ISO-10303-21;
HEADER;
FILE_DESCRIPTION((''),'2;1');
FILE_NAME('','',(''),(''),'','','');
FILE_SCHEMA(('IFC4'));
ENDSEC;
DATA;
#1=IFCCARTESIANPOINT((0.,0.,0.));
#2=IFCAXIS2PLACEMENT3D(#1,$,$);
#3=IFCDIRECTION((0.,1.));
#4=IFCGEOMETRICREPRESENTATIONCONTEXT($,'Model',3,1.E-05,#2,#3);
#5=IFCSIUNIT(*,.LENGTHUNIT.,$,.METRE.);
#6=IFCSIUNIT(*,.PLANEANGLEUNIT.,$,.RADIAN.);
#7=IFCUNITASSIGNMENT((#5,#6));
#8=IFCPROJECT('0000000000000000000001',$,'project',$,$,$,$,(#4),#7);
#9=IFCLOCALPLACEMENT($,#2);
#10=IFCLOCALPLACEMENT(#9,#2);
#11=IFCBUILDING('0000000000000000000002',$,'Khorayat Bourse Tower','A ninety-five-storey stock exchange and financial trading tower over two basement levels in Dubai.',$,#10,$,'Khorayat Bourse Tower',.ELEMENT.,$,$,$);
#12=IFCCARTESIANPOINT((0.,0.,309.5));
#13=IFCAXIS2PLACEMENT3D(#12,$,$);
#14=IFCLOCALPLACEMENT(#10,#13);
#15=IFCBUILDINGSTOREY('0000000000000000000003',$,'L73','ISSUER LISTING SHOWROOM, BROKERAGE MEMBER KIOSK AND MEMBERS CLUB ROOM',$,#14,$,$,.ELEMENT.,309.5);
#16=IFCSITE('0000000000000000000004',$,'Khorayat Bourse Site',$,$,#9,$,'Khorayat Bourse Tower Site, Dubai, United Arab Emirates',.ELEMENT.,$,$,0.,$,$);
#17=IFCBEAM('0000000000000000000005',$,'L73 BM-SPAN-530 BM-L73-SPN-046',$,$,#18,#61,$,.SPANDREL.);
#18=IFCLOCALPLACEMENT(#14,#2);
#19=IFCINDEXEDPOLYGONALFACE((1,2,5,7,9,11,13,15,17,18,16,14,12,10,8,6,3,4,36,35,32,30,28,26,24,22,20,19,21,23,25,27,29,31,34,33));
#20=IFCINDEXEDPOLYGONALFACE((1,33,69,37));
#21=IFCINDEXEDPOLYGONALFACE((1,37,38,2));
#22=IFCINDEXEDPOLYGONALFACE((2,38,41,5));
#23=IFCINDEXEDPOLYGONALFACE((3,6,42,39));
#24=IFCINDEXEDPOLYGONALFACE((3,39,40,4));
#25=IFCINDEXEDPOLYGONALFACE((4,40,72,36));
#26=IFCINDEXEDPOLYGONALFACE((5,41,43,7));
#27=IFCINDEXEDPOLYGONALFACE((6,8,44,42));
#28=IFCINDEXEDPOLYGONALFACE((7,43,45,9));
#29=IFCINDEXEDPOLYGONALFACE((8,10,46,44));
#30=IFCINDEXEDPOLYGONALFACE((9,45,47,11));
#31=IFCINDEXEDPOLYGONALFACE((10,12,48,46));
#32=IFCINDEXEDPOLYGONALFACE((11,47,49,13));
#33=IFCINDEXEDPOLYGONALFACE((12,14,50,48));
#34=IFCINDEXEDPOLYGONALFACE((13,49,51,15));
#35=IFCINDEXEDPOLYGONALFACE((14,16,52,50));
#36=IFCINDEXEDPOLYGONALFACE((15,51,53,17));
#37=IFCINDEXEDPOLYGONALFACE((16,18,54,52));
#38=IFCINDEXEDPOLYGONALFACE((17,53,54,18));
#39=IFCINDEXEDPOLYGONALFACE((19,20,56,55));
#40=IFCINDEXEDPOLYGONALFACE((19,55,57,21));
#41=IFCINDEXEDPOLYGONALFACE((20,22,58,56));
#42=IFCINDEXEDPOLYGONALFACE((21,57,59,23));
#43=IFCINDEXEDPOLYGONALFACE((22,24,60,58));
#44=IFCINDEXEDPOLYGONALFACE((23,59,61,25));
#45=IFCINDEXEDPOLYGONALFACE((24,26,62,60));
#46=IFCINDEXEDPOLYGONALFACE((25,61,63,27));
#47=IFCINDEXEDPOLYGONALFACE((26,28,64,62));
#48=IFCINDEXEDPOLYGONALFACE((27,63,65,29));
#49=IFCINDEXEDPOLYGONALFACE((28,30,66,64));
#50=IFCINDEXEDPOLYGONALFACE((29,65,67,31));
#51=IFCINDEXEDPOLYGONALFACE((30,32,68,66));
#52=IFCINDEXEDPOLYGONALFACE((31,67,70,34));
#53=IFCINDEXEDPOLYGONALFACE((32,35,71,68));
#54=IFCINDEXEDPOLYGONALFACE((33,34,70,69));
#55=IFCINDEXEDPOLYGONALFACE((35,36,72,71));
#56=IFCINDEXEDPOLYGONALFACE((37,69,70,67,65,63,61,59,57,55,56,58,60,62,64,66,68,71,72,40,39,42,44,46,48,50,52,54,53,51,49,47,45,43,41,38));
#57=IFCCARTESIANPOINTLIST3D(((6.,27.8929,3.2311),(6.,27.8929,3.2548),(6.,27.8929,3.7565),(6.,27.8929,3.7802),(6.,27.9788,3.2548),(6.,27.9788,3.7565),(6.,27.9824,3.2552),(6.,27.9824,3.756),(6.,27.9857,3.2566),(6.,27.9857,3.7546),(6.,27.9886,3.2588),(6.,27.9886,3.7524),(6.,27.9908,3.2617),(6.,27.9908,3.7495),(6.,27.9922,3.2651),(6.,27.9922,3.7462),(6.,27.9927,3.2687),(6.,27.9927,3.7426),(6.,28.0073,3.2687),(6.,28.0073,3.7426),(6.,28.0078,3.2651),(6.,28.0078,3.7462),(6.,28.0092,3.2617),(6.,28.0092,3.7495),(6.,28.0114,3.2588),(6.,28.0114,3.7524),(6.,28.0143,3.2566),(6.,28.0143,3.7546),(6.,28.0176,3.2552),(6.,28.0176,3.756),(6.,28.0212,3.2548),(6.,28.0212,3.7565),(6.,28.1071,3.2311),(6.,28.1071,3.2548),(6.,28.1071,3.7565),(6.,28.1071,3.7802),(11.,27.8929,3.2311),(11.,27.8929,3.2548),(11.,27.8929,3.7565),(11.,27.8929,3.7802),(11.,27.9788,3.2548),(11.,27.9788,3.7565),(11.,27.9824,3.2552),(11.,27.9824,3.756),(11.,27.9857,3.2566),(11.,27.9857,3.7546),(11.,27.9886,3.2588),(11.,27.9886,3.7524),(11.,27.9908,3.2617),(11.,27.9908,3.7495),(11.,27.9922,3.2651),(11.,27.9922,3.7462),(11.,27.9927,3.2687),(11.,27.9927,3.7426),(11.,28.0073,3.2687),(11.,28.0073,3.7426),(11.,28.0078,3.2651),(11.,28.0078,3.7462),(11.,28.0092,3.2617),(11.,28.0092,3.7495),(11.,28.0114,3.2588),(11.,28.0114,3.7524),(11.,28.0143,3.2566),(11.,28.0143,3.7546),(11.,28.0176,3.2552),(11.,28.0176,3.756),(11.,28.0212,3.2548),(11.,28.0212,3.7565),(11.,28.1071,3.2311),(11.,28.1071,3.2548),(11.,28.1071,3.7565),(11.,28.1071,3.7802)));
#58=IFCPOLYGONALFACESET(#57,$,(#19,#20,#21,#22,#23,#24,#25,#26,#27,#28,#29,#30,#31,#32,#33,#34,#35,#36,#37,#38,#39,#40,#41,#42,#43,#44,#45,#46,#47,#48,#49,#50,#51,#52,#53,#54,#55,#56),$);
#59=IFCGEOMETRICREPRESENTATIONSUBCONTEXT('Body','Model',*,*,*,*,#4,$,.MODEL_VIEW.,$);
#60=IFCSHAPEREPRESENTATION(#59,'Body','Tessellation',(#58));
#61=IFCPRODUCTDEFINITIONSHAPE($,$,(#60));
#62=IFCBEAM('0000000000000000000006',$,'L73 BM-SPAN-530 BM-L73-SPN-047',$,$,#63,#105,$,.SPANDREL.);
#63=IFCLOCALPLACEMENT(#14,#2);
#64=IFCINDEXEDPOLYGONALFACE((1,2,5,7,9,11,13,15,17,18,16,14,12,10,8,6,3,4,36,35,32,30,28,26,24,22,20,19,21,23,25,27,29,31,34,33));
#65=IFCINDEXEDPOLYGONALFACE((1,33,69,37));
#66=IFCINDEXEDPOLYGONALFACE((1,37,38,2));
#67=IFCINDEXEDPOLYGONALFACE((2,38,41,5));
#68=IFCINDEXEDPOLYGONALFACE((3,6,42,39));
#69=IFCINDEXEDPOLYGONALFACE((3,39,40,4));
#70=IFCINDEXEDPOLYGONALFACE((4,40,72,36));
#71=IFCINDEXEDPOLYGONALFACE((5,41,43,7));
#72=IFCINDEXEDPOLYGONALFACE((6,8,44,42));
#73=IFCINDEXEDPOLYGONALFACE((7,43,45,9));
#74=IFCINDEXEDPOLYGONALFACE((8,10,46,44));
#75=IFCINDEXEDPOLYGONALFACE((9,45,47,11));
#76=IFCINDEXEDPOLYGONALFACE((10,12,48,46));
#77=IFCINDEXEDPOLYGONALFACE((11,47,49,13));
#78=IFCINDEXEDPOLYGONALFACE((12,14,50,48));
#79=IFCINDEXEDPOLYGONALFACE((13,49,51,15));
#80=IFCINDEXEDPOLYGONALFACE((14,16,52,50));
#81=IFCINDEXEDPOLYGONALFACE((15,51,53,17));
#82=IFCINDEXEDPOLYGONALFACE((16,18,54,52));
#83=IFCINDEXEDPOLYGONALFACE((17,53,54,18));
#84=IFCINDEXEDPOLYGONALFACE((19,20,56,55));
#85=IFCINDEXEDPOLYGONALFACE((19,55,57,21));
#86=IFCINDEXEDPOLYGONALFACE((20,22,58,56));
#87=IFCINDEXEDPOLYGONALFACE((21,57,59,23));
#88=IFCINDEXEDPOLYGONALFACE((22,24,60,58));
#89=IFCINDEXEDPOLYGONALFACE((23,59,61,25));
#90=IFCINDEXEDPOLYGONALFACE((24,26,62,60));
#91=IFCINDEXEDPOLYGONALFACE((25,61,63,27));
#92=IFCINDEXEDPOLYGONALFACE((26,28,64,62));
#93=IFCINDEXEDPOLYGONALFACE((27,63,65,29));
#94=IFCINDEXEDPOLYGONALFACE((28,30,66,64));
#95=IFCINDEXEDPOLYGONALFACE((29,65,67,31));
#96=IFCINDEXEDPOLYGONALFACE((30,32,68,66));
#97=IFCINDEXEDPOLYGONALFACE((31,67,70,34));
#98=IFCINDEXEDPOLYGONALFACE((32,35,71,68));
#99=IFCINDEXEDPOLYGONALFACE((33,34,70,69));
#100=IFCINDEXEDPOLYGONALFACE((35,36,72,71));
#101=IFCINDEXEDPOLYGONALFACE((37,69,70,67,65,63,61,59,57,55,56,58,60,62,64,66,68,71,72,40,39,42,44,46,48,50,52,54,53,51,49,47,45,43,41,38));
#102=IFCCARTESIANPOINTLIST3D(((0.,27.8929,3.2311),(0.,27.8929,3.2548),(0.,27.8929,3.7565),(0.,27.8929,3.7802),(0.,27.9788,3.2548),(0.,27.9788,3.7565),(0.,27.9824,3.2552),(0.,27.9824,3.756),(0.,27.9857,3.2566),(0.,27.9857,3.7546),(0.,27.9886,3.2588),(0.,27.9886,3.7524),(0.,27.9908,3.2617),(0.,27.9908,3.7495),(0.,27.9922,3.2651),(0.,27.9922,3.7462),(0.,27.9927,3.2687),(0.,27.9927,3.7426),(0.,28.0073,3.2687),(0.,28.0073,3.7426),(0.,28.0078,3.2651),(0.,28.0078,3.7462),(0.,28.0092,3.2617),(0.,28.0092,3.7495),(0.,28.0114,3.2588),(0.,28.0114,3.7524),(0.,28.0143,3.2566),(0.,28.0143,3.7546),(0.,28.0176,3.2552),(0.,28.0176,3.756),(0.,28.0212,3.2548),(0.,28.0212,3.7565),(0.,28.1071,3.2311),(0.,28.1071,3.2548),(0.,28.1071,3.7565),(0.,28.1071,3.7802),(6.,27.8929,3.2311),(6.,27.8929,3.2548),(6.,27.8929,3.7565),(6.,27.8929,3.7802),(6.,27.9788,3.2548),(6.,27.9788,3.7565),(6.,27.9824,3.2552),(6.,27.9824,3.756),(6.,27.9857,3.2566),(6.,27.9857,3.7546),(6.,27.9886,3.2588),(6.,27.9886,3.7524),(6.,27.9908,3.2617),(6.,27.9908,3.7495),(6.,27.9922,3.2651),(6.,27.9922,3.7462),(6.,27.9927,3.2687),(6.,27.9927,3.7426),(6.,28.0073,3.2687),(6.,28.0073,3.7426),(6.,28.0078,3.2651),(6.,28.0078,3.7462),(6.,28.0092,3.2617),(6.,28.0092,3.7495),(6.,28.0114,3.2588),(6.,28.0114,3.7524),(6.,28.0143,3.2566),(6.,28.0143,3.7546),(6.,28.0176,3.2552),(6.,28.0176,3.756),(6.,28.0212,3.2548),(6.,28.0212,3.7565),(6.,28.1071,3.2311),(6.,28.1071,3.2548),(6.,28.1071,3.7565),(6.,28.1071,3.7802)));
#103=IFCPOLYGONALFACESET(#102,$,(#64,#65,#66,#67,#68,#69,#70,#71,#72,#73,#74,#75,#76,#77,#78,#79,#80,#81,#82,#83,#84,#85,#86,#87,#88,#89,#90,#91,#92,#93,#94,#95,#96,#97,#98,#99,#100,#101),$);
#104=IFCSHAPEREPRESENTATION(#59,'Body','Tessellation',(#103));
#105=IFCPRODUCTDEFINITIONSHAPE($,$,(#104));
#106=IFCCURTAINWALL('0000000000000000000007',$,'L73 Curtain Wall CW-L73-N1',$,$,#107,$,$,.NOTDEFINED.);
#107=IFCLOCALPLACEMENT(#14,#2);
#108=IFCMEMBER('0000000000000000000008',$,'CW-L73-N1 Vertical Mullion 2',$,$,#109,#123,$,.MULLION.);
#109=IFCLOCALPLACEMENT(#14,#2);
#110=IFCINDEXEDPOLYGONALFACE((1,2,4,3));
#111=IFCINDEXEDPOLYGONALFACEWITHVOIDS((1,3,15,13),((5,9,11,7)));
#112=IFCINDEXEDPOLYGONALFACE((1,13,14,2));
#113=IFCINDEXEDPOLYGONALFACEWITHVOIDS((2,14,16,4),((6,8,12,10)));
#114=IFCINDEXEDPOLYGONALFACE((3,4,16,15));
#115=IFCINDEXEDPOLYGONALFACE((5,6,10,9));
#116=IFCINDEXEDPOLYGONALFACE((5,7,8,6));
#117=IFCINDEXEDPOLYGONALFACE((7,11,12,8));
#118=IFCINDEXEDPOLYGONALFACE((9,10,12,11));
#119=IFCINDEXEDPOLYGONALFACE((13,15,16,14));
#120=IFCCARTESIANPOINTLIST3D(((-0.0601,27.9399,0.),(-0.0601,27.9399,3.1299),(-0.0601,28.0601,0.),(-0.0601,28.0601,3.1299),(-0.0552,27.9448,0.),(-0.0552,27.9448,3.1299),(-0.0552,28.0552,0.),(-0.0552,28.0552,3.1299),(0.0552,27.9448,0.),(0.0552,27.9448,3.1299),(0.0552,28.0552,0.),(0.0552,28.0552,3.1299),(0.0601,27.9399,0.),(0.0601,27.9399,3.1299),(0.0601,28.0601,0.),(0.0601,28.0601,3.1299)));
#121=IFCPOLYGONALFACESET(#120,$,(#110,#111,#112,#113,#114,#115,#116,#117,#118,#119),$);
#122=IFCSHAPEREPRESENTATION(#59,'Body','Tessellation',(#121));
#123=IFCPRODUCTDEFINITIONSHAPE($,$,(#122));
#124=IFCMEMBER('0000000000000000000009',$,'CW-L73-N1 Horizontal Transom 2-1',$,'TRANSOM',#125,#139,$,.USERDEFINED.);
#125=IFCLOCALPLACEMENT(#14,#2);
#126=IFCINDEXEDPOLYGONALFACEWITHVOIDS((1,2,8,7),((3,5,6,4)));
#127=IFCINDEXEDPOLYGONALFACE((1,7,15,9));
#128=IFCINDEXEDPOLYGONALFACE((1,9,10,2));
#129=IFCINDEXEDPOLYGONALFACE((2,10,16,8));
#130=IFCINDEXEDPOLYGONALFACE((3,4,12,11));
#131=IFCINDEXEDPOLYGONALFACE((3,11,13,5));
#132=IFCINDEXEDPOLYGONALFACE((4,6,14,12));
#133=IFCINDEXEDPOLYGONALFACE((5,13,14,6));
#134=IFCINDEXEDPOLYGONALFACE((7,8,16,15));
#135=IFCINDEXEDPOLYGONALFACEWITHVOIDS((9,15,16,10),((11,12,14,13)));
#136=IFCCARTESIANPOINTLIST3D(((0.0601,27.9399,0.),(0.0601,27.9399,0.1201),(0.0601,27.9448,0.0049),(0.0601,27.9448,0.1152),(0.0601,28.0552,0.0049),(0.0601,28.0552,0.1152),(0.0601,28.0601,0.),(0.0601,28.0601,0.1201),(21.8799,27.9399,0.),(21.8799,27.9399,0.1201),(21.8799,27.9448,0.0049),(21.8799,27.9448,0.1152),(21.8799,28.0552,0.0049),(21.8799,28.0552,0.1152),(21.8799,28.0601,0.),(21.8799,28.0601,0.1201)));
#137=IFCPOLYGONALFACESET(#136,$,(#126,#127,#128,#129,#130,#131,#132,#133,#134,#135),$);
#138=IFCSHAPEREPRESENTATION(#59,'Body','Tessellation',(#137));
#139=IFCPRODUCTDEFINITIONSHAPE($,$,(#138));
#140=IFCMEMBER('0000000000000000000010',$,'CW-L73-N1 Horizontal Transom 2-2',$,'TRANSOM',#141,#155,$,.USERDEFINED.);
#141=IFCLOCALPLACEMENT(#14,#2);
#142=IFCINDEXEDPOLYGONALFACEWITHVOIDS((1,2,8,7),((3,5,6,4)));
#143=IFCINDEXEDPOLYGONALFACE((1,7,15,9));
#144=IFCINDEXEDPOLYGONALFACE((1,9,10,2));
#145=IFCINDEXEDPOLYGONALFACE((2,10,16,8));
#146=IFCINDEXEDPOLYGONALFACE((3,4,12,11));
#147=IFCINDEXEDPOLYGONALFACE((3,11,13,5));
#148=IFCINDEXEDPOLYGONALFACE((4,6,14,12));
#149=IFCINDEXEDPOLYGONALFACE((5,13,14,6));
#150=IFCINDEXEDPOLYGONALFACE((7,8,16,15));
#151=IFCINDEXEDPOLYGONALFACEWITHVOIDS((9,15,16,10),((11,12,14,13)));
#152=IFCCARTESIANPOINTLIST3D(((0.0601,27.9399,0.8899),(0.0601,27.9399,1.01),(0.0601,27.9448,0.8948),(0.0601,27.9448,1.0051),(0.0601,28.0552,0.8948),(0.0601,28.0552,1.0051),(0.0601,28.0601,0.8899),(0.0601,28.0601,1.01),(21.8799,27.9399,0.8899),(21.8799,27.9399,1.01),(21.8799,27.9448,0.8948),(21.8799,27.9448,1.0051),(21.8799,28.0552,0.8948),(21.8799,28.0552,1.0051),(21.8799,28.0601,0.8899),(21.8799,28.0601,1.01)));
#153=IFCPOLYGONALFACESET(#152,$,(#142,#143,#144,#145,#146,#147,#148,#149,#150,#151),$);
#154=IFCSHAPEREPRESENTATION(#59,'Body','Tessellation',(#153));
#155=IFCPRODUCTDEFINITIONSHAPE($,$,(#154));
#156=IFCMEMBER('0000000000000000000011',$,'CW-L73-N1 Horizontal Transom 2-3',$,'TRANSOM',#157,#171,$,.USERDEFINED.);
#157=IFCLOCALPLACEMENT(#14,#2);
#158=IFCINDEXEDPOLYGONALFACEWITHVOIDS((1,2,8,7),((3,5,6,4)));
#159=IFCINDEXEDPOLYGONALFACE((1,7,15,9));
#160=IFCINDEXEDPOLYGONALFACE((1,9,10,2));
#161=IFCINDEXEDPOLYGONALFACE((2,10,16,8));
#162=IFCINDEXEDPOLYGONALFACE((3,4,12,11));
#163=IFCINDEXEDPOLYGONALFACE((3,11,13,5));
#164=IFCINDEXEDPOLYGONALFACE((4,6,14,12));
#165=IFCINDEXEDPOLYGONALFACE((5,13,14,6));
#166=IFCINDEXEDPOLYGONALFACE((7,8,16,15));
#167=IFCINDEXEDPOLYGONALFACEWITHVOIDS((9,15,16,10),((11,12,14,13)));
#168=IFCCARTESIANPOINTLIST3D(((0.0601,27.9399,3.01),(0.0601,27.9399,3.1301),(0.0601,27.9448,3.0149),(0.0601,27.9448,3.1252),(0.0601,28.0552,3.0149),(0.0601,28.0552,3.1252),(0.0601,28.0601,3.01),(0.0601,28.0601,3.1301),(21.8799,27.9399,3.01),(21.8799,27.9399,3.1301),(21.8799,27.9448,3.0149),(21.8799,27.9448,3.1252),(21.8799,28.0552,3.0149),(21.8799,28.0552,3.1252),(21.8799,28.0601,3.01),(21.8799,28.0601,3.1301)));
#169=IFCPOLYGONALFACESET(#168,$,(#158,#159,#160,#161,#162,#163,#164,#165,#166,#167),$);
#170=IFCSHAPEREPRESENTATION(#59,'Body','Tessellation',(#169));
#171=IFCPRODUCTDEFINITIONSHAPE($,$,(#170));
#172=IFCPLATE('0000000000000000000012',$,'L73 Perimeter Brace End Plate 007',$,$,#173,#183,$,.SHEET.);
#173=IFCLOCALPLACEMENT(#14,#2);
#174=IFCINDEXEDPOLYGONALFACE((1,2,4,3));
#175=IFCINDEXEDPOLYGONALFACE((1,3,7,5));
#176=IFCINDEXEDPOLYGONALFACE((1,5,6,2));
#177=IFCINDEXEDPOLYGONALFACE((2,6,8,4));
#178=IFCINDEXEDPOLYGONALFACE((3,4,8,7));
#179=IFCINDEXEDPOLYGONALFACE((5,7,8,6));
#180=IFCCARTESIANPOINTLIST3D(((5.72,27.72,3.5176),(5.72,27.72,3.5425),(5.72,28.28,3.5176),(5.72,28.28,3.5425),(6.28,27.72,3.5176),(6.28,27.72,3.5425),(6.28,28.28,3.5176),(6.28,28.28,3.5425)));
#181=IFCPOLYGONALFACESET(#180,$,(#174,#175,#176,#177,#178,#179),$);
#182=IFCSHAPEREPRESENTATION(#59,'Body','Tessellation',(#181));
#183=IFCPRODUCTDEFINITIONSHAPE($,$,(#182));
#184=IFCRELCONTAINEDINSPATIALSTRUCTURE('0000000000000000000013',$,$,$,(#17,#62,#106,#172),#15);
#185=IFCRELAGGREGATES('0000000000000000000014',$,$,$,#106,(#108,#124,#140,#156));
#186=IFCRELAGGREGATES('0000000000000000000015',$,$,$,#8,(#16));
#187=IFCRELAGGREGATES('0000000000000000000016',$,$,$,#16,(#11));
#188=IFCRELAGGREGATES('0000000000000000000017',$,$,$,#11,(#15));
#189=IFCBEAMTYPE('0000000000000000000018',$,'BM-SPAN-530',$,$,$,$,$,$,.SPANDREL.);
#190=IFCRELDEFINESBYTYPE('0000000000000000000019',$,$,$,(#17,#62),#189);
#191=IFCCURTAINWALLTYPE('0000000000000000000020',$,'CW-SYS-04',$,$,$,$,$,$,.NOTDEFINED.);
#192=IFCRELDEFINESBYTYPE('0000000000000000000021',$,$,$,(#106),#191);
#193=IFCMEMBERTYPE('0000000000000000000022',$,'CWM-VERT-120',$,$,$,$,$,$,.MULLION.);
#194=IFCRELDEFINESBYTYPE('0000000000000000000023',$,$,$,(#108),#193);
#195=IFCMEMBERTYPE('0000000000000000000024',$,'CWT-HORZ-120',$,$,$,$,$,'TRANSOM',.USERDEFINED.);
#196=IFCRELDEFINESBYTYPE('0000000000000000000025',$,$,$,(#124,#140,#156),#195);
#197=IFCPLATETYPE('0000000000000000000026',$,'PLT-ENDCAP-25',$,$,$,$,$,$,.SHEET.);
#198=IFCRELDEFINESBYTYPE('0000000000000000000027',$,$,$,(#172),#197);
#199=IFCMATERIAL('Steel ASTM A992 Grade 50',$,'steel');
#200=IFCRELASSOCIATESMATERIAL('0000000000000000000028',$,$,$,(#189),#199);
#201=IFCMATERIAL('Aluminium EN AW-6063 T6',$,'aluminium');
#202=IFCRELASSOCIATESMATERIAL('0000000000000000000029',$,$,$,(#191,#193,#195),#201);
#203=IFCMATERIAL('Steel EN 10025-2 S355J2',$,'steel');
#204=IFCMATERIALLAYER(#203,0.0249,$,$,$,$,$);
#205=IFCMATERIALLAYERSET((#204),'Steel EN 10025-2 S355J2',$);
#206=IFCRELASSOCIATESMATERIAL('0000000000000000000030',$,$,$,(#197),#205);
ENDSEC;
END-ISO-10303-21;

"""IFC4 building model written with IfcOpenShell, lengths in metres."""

from ifc_helpers import new_model, si_unit, direction, frame, origin, origin_2d, place, context, subcontext, project, spatial, rectangle, hollow_rectangle, i_section, extrude, source, transform, mapped, material, layer, layer_set, material_profile, profile_set, type_object, element, aggregate, save


model = new_model("IFC4")

# Units and contexts
model_context = context("Model", 3, precision=1e-05, world=origin(), true_north=direction((0.0, 1.0)))
body_context = subcontext(model_context, "Body", "Model", "MODEL_VIEW")
ifc_project = project(units=[si_unit("LENGTHUNIT", "METRE"), si_unit("PLANEANGLEUNIT", "RADIAN")], contexts=[model_context])

# Site, building, storey
site_placement = place(None, origin())
site = spatial("IfcSite", under=ifc_project, at=site_placement, Name="Khorayat Bourse Site", LongName="Khorayat Bourse Tower Site, Dubai, United Arab Emirates", CompositionType="ELEMENT", RefElevation=0.0)
building_placement = place(site_placement, origin())
building = spatial("IfcBuilding", under=site, at=building_placement, Name="Khorayat Bourse Tower", Description="A ninety-five-storey stock exchange and financial trading tower over two basement levels in Dubai.", LongName="Khorayat Bourse Tower", CompositionType="ELEMENT")
storey_placement = place(building_placement, frame((0.0, 0.0, 309.5)))
storey = spatial("IfcBuildingStorey", under=building, at=storey_placement, Name="L73", Description="ISSUER LISTING SHOWROOM, BROKERAGE MEMBER KIOSK AND MEMBERS CLUB ROOM", CompositionType="ELEMENT", Elevation=309.5)

# Beams
ifc_material_1 = material(Name="Steel ASTM A992 Grade 50", Category="steel")
ifc_material_profile_1 = material_profile(ifc_material_1, i_section(OverallWidth=0.2141, OverallDepth=0.5491, WebThickness=0.0146, FlangeThickness=0.0237, FilletRadius=0.0139, at=origin_2d()), Name="W530X138")
ifc_profile_set_1 = profile_set([ifc_material_profile_1], Name="Steel ASTM A992 Grade 50")
beam_type_1 = type_object("IfcBeamType", Name="BM-SPAN-530", PredefinedType="SPANDREL", material=ifc_profile_set_1)
shared_shape_1 = source(origin(), body_context, "Body", "SweptSolid", [
    extrude(i_section(OverallWidth=0.2141, OverallDepth=0.5491, WebThickness=0.0146, FlangeThickness=0.0237, FilletRadius=0.0139, at=origin_2d()), origin(), (0.0, 0.0, 1.0), 5.0),
])
beam_1_placement = place(storey_placement, frame((6.0, 28.0, 3.5056), z_axis=(1.0, 0.0, 0.0), x_axis=(0.0, 1.0, 0.0)))
element("IfcBeam", 1, at=beam_1_placement, inside=storey, type_object=beam_type_1, Name="L73 BM-SPAN-530 BM-L73-SPN-046", PredefinedType="SPANDREL", context=body_context, shape_type="MappedRepresentation", body=[
    mapped(shared_shape_1, transform((0.0, 0.0, 0.0), scale=1.0)),
])
shared_shape_2 = source(origin(), body_context, "Body", "SweptSolid", [
    extrude(i_section(OverallWidth=0.2141, OverallDepth=0.5491, WebThickness=0.0146, FlangeThickness=0.0237, FilletRadius=0.0139, at=origin_2d()), origin(), (0.0, 0.0, 1.0), 6.0),
])
beam_2_placement = place(storey_placement, frame((0.0, 28.0, 3.5056), z_axis=(1.0, 0.0, 0.0), x_axis=(0.0, 1.0, 0.0)))
element("IfcBeam", 2, at=beam_2_placement, inside=storey, type_object=beam_type_1, Name="L73 BM-SPAN-530 BM-L73-SPN-047", PredefinedType="SPANDREL", context=body_context, shape_type="MappedRepresentation", body=[
    mapped(shared_shape_2, transform((0.0, 0.0, 0.0), scale=1.0)),
])

# Curtain wall, members
ifc_material_2 = material(Name="Aluminium EN AW-6063 T6", Category="aluminium")
curtain_wall_type = type_object("IfcCurtainWallType", Name="CW-SYS-04", PredefinedType="NOTDEFINED", material=ifc_material_2)
curtain_wall_placement = place(storey_placement, origin())
curtain_wall = element("IfcCurtainWall", 3, at=curtain_wall_placement, inside=storey, type_object=curtain_wall_type, Name="L73 Curtain Wall CW-L73-N1", PredefinedType="NOTDEFINED")
ifc_material_profile_2 = material_profile(ifc_material_2, hollow_rectangle(XDim=0.1201, YDim=0.1201, WallThickness=0.0049, at=origin_2d()), Name="ALU 120x120x5")
ifc_profile_set_2 = profile_set([ifc_material_profile_2], Name="Aluminium EN AW-6063 T6")
member_type_1 = type_object("IfcMemberType", Name="CWM-VERT-120", PredefinedType="MULLION", material=ifc_profile_set_2)
shared_shape_3 = source(origin(), body_context, "Body", "SweptSolid", [
    extrude(hollow_rectangle(XDim=0.1201, YDim=0.1201, WallThickness=0.0049, at=origin_2d()), origin(), (0.0, 0.0, 1.0), 3.1299),
])
member_1_placement = place(storey_placement, frame((0.0, 28.0, 0.0), z_axis=(0.0, 0.0, 1.0), x_axis=(0.0, 1.0, 0.0)))
member_1 = element("IfcMember", 4, at=member_1_placement, type_object=member_type_1, Name="CW-L73-N1 Vertical Mullion 2", PredefinedType="MULLION", context=body_context, shape_type="MappedRepresentation", body=[
    mapped(shared_shape_3, transform((0.0, 0.0, 0.0), scale=1.0)),
])
ifc_material_profile_3 = material_profile(ifc_material_2, hollow_rectangle(XDim=0.1201, YDim=0.1201, WallThickness=0.0049, at=origin_2d()), Name="ALU 120x120x5")
ifc_profile_set_3 = profile_set([ifc_material_profile_3], Name="Aluminium EN AW-6063 T6")
member_type_2 = type_object("IfcMemberType", Name="CWT-HORZ-120", ElementType="TRANSOM", PredefinedType="USERDEFINED", material=ifc_profile_set_3)
shared_shape_4 = source(origin(), body_context, "Body", "SweptSolid", [
    extrude(hollow_rectangle(XDim=0.1201, YDim=0.1201, WallThickness=0.0049, at=origin_2d()), origin(), (0.0, 0.0, 1.0), 21.8198),
])
member_2_placement = place(storey_placement, frame((0.0601, 28.0, 0.0601), z_axis=(1.0, 0.0, 0.0), x_axis=(0.0, 1.0, 0.0)))
member_2 = element("IfcMember", 5, at=member_2_placement, type_object=member_type_2, Name="CW-L73-N1 Horizontal Transom 2-1", ObjectType="TRANSOM", PredefinedType="USERDEFINED", context=body_context, shape_type="MappedRepresentation", body=[
    mapped(shared_shape_4, transform((0.0, 0.0, 0.0), scale=1.0)),
])
member_3_placement = place(storey_placement, frame((0.0601, 28.0, 0.95), z_axis=(1.0, 0.0, 0.0), x_axis=(0.0, 1.0, 0.0)))
member_3 = element("IfcMember", 6, at=member_3_placement, type_object=member_type_2, Name="CW-L73-N1 Horizontal Transom 2-2", ObjectType="TRANSOM", PredefinedType="USERDEFINED", context=body_context, shape_type="MappedRepresentation", body=[
    mapped(shared_shape_4, transform((0.0, 0.0, 0.0), scale=1.0)),
])
member_4_placement = place(storey_placement, frame((0.0601, 28.0, 3.0701), z_axis=(1.0, 0.0, 0.0), x_axis=(0.0, 1.0, 0.0)))
member_4 = element("IfcMember", 7, at=member_4_placement, type_object=member_type_2, Name="CW-L73-N1 Horizontal Transom 2-3", ObjectType="TRANSOM", PredefinedType="USERDEFINED", context=body_context, shape_type="MappedRepresentation", body=[
    mapped(shared_shape_4, transform((0.0, 0.0, 0.0), scale=1.0)),
])

# Plate
ifc_material_3 = material(Name="Steel EN 10025-2 S355J2", Category="steel")
ifc_layer_1 = layer(ifc_material_3, 0.0249)
ifc_layer_set_1 = layer_set([ifc_layer_1], Name="Steel EN 10025-2 S355J2")
plate_type_1 = type_object("IfcPlateType", Name="PLT-ENDCAP-25", PredefinedType="SHEET", material=ifc_layer_set_1)
shared_shape_5 = source(origin(), body_context, "Body", "SweptSolid", [
    extrude(rectangle(XDim=0.5601, YDim=0.5601, at=origin_2d()), origin(), (0.0, 0.0, 1.0), 0.0249),
])
plate_1_placement = place(storey_placement, frame((6.0, 28.0, 3.5176), z_axis=(0.0, 0.0, 1.0), x_axis=(1.0, 0.0, 0.0)))
element("IfcPlate", 8, at=plate_1_placement, inside=storey, type_object=plate_type_1, Name="L73 Perimeter Brace End Plate 007", PredefinedType="SHEET", context=body_context, shape_type="MappedRepresentation", body=[
    mapped(shared_shape_5, transform((0.0, 0.0, 0.0), scale=1.0)),
])
aggregate(curtain_wall, [member_1, member_2, member_3, member_4])

save(model, "model.ifc")
